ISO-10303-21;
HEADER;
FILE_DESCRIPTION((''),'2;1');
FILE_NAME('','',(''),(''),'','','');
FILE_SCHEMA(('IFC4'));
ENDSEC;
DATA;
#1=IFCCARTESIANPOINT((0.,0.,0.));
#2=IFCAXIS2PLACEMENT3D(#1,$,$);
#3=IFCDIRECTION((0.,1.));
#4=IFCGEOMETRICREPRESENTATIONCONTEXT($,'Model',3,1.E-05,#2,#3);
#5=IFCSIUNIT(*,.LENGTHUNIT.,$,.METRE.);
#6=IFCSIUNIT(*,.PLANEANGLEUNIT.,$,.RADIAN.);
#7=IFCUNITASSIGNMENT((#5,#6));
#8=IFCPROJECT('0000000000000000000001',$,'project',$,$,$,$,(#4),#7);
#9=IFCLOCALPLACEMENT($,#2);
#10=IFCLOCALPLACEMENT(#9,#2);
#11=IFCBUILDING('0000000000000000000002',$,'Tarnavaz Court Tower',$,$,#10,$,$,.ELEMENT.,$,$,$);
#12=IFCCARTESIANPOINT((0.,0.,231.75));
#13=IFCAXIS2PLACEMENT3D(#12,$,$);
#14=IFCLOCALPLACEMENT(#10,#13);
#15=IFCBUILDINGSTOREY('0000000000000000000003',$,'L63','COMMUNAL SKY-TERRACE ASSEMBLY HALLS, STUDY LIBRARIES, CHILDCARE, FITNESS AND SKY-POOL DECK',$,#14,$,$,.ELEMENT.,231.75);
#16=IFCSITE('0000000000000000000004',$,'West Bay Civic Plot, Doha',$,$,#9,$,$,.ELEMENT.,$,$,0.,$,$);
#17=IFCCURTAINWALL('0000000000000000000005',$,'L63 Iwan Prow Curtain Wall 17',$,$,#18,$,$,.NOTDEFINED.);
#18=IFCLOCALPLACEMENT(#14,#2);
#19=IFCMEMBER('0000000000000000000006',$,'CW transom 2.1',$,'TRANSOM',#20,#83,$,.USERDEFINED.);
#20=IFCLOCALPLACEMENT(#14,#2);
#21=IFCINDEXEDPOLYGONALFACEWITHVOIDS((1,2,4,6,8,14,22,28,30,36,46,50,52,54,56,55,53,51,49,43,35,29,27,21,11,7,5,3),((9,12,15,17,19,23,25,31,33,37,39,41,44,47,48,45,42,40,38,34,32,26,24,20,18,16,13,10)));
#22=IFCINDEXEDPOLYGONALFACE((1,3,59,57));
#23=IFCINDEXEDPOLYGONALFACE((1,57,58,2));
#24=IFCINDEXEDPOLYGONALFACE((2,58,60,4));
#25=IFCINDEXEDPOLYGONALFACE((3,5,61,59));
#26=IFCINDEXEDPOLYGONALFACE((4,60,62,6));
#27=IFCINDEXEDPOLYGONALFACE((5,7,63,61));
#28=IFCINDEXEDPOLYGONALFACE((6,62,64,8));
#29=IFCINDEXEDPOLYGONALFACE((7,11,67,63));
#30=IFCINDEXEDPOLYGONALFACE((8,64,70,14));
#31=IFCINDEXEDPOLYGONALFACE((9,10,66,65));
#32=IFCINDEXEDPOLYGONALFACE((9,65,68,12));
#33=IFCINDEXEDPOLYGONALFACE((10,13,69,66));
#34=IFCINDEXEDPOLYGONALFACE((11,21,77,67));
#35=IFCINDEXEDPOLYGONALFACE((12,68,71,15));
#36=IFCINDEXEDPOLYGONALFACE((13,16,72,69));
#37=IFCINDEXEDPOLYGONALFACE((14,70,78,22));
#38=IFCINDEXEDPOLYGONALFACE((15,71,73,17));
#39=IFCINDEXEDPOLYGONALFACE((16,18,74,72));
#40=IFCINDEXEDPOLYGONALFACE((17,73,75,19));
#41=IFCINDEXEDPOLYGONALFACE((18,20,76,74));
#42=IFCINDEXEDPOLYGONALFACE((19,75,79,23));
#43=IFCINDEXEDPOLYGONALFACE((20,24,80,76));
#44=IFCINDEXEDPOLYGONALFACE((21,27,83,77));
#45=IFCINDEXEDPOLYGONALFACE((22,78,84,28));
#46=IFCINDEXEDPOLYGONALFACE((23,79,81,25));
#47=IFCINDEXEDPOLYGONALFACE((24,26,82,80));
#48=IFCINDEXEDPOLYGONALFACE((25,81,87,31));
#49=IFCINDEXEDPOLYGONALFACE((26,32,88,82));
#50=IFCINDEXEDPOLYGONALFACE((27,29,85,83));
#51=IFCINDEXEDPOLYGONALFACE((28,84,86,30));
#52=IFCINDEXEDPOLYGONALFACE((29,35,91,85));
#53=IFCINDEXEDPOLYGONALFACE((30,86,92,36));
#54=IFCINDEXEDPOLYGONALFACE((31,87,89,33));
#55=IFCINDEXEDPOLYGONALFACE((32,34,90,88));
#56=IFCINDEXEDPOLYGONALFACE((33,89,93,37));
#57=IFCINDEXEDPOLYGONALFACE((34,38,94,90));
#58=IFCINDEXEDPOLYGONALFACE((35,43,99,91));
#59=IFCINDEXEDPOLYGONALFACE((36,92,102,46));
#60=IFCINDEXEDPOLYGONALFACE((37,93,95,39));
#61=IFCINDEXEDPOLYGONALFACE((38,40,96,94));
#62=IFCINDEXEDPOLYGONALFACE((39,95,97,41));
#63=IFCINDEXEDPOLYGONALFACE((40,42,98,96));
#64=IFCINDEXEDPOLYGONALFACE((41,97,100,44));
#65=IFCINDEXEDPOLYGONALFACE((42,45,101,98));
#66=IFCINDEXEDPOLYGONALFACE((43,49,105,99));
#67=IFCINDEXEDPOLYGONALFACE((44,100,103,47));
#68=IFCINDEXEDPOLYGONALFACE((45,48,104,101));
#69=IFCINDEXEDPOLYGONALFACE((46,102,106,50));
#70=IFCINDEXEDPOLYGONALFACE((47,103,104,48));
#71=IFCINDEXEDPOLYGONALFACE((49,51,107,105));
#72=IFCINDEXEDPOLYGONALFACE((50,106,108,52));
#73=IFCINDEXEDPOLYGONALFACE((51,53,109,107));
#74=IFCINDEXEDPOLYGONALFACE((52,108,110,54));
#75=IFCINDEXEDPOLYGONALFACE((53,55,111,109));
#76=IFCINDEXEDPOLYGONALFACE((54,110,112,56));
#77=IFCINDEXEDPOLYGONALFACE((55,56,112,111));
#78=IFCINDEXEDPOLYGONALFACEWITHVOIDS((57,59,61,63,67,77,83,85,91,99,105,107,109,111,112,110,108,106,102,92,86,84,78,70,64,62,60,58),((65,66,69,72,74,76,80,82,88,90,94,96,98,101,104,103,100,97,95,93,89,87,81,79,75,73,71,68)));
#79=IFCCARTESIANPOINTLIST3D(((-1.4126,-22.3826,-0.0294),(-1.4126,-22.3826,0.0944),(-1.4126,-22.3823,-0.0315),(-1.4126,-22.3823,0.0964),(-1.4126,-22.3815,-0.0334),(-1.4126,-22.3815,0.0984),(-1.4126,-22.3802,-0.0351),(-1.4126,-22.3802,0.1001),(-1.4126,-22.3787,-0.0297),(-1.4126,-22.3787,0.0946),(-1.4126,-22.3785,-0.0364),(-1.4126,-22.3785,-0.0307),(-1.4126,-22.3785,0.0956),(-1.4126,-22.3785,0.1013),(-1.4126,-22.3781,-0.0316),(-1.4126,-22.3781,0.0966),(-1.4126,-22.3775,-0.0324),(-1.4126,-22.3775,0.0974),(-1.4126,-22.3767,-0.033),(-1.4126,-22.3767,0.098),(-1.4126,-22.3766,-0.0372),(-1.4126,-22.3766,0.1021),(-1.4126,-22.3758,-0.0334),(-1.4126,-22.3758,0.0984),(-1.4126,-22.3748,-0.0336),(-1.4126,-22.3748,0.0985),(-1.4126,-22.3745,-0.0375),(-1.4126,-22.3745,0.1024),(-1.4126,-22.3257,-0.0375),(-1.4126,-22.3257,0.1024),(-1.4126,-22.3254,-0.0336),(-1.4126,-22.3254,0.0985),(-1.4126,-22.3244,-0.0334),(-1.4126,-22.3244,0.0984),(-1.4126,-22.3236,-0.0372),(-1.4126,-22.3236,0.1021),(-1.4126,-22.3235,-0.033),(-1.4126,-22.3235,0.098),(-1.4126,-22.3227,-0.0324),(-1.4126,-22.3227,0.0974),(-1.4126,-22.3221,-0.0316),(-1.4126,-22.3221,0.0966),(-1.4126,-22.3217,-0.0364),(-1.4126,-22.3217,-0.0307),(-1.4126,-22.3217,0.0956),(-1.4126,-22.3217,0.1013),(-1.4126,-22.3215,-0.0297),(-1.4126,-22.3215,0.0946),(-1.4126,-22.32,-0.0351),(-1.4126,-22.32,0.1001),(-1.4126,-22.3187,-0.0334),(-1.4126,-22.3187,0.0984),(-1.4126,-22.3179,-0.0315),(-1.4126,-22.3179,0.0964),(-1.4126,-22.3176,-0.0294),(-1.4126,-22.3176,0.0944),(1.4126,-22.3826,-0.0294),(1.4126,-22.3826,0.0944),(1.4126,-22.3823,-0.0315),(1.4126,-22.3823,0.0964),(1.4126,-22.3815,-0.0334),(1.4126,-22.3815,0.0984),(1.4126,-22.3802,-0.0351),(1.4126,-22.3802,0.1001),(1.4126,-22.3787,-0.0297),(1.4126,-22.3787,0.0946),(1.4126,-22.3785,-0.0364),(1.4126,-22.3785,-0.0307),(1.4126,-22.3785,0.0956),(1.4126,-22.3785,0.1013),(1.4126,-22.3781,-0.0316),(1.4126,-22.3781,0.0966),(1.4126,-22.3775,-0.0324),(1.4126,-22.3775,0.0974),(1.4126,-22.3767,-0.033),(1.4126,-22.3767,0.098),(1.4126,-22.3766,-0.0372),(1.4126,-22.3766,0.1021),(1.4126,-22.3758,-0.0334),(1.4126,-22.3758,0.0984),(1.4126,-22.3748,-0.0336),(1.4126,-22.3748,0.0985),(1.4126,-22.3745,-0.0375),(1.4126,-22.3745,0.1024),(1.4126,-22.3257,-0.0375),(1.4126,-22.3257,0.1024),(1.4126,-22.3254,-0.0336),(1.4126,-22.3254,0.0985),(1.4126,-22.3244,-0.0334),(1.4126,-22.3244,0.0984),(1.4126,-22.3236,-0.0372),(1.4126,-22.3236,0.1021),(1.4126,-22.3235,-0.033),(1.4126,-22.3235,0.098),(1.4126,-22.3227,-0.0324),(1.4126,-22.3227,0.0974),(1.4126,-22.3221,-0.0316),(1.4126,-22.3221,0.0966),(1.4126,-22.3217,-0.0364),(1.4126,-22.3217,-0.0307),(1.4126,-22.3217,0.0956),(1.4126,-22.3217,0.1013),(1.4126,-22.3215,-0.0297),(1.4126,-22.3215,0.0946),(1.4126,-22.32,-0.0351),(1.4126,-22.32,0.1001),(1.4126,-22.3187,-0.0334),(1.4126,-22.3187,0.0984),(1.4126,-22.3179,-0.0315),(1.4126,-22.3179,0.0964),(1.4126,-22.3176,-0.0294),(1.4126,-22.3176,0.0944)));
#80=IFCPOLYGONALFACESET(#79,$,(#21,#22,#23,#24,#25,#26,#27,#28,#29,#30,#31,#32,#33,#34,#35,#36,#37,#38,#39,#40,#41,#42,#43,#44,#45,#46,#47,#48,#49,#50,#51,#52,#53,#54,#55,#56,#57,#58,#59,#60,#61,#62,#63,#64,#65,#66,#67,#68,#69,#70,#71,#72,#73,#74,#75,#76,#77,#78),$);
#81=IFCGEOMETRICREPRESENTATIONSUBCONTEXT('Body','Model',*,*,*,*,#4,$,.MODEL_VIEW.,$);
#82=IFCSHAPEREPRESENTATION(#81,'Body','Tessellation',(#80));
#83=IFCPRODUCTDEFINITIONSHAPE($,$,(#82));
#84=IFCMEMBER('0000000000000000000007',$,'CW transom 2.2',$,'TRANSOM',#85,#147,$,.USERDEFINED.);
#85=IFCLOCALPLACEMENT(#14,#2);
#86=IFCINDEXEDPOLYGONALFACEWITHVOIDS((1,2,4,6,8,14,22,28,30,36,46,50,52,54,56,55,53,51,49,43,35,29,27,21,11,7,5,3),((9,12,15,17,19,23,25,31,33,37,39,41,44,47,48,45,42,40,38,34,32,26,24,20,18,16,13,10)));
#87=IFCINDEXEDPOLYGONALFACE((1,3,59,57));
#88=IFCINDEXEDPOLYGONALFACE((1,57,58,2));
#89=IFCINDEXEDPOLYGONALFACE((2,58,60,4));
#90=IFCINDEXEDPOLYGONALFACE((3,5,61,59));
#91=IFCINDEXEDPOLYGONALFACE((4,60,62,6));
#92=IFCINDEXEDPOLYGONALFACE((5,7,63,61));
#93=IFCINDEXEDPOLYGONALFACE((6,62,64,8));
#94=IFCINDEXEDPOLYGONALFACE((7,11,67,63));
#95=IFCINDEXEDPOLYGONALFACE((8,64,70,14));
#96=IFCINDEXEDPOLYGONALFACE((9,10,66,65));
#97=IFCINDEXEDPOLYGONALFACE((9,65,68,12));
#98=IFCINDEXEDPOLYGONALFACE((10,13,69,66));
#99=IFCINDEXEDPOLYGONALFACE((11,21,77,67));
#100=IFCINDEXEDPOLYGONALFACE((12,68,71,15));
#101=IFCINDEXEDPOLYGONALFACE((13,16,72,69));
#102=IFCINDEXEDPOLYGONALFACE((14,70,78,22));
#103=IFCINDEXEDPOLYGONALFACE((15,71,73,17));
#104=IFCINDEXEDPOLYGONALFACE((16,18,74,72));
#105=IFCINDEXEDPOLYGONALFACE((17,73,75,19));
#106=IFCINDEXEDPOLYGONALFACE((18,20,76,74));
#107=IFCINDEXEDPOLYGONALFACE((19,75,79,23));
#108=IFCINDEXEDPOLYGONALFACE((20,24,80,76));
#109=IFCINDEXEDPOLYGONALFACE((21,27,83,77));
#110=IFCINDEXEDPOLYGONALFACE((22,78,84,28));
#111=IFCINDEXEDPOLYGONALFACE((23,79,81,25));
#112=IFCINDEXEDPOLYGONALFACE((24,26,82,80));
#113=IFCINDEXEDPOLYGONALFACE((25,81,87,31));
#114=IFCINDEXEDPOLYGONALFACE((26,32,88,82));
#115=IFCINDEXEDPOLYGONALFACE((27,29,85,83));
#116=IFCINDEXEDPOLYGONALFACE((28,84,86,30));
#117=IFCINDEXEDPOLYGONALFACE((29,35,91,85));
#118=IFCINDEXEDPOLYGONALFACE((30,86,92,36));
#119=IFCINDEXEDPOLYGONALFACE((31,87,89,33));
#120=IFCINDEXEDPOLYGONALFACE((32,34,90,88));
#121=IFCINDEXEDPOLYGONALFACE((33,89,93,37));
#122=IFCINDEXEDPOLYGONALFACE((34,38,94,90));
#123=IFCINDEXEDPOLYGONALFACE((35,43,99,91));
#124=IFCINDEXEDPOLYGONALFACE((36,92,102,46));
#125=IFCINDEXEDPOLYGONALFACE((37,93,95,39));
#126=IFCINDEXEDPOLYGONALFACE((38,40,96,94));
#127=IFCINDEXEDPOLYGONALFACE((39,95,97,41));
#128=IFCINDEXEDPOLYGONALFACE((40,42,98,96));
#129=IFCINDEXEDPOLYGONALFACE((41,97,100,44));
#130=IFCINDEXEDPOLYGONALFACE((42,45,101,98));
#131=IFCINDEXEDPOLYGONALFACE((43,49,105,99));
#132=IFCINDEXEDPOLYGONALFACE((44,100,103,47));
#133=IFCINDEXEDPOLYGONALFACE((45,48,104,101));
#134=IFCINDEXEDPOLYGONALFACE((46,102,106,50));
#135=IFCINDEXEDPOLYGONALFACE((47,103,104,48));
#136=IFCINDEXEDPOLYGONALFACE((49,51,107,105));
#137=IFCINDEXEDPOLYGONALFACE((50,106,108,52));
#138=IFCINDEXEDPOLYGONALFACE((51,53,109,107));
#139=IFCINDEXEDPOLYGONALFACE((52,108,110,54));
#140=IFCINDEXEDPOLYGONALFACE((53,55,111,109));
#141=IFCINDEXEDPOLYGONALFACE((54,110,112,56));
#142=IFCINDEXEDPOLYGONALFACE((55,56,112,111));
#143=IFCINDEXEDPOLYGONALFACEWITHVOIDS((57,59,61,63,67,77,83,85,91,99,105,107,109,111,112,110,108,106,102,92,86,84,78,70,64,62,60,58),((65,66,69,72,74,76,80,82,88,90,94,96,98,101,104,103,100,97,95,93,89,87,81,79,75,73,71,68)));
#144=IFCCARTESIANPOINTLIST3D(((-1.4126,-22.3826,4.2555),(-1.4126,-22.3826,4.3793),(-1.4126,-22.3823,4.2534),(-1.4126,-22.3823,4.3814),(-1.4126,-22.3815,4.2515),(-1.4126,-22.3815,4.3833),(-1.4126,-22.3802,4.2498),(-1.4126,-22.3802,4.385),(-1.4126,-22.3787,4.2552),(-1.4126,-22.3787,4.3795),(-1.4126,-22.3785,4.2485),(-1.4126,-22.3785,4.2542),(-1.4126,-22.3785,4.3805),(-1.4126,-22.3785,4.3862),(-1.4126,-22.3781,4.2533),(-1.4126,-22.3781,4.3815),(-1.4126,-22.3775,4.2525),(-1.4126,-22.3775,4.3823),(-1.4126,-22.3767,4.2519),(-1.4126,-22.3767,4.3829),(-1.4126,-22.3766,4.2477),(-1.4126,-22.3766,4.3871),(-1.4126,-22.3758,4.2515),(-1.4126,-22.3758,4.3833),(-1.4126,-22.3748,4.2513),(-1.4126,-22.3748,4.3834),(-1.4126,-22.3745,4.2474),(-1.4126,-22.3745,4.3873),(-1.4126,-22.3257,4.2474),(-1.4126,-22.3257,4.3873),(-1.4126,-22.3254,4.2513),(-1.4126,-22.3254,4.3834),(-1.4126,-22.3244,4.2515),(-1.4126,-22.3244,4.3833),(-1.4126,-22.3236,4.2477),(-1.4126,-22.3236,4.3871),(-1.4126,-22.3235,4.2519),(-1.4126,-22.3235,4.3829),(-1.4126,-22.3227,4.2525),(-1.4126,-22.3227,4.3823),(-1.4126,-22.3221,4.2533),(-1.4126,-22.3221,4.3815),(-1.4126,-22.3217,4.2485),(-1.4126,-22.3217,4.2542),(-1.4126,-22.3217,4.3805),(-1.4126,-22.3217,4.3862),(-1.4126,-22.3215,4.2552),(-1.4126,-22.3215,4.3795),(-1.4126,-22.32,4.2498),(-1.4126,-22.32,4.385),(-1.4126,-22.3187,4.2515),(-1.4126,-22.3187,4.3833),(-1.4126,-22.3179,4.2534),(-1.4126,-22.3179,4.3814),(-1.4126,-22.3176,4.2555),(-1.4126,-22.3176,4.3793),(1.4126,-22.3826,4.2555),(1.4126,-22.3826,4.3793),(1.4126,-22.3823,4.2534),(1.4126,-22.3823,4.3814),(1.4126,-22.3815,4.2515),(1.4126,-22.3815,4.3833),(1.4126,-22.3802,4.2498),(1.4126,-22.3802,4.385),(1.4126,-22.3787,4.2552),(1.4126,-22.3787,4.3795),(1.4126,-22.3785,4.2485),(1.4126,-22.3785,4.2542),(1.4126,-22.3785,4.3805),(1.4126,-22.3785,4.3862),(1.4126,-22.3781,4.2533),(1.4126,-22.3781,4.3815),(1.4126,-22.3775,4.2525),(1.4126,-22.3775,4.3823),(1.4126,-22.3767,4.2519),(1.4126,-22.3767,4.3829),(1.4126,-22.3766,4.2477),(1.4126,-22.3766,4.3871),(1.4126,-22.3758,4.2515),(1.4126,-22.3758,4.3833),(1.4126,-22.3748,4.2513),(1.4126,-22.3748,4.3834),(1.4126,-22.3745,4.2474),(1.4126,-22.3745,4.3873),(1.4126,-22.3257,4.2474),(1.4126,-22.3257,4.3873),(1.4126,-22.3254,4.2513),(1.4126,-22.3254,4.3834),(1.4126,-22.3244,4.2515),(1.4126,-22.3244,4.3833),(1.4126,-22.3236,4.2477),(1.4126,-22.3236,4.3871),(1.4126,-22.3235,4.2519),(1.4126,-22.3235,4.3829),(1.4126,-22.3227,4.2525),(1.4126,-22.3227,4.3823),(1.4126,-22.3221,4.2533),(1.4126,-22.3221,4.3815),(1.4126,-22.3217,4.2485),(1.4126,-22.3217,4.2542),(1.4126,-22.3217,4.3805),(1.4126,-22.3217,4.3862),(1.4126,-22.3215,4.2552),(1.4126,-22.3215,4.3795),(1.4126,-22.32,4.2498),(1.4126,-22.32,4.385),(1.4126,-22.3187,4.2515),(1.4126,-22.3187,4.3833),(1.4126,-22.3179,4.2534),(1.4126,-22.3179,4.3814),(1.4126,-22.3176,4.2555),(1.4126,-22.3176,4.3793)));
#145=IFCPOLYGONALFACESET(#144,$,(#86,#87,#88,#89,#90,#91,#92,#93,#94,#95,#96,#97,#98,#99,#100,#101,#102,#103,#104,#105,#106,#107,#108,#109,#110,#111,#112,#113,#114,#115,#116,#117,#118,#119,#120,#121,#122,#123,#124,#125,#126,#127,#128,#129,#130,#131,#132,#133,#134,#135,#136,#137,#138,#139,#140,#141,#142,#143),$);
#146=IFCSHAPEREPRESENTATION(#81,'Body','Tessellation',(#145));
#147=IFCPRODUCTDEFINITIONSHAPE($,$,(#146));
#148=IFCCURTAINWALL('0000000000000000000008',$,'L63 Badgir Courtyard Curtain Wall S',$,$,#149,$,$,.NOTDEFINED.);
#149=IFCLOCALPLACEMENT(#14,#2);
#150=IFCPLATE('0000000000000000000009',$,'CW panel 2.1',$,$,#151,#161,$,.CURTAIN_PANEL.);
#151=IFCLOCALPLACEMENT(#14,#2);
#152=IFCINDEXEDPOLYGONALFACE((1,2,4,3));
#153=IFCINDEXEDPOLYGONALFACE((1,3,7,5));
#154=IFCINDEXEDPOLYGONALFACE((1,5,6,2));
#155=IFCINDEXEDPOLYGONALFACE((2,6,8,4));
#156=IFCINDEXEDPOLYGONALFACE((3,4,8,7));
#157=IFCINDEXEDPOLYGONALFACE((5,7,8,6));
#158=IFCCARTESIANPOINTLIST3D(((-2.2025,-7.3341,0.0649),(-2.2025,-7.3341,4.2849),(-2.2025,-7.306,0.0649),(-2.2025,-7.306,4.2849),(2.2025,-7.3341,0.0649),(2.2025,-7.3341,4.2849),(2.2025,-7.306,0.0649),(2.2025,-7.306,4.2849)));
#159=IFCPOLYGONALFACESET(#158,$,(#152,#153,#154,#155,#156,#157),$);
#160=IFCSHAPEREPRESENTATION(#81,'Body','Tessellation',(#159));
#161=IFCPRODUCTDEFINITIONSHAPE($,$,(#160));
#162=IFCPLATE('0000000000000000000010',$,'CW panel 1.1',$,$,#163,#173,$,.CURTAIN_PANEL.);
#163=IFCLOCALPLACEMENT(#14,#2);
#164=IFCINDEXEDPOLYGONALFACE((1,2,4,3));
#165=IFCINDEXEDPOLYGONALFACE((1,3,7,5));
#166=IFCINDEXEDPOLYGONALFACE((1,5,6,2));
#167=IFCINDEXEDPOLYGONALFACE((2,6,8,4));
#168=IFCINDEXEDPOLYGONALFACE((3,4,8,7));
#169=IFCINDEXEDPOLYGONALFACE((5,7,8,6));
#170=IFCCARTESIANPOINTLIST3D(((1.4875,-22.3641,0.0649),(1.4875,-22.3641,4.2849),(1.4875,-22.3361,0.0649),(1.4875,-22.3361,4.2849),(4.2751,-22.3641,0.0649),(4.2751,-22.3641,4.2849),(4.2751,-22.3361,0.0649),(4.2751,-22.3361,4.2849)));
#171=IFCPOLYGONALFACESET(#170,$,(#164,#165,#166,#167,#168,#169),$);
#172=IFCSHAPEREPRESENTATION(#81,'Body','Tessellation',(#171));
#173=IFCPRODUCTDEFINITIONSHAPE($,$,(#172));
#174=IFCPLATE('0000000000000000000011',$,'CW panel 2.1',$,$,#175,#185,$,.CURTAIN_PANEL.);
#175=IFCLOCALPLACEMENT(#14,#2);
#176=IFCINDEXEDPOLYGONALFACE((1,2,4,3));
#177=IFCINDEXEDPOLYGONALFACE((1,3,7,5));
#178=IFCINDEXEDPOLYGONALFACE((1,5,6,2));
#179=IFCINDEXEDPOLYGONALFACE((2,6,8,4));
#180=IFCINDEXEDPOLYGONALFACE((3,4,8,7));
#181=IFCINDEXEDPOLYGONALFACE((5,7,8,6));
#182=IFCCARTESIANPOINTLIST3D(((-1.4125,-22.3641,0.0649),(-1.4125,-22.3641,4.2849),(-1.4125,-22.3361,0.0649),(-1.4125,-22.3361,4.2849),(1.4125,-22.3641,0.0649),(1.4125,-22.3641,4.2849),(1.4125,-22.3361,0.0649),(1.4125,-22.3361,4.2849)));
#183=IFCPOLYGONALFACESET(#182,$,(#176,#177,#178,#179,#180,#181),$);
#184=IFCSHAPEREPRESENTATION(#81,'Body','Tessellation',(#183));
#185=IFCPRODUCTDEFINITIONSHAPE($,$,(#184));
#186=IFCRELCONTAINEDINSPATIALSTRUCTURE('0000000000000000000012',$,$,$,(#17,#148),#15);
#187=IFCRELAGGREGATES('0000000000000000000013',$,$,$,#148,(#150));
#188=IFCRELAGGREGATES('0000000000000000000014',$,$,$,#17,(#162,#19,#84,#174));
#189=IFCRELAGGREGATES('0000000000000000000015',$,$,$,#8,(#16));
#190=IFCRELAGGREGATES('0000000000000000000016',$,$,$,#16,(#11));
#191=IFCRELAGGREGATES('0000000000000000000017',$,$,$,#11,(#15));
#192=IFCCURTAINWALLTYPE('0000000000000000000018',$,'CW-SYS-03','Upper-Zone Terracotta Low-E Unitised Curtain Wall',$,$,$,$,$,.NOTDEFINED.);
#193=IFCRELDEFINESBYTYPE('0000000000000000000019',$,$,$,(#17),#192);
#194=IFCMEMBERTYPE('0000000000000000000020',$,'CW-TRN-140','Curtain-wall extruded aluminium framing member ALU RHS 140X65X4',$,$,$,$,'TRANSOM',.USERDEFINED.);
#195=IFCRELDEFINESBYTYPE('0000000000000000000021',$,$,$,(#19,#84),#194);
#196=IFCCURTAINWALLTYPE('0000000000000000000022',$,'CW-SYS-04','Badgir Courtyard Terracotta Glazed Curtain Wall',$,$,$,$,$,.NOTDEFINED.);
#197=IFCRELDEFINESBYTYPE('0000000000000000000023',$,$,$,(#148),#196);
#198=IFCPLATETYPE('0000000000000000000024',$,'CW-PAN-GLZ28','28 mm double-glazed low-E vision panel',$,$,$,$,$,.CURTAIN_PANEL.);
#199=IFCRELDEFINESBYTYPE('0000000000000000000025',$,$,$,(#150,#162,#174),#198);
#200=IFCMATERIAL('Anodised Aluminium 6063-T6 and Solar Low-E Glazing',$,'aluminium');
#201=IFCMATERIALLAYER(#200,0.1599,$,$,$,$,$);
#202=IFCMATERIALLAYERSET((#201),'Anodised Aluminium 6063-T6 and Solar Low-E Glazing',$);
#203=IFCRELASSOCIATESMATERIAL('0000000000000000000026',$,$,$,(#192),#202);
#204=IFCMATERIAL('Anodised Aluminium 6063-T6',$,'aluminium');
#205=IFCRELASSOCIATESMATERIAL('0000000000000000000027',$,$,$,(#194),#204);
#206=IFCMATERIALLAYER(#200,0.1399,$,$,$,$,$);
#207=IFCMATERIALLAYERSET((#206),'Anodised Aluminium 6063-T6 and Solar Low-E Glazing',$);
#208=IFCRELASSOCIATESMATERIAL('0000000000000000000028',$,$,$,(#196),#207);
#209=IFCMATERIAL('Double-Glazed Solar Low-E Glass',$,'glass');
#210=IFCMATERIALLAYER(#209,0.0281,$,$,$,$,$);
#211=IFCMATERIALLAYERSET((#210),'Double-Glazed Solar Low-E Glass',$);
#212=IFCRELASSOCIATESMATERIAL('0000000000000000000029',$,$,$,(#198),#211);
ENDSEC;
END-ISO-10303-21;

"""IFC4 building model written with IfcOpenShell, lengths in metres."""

from ifc_helpers import new_model, si_unit, direction, frame, origin, origin_2d, place, context, subcontext, project, spatial, rectangle, hollow_rectangle, extrude, material, layer, layer_set, material_profile, profile_set, type_object, element, aggregate, save


model = new_model("IFC4")

# Units and contexts
model_context = context("Model", 3, precision=1e-05, world=origin(), true_north=direction((0.0, 1.0)))
body_context = subcontext(model_context, "Body", "Model", "MODEL_VIEW")
ifc_project = project(units=[si_unit("LENGTHUNIT", "METRE"), si_unit("PLANEANGLEUNIT", "RADIAN")], contexts=[model_context])

# Site, building, storey
site_placement = place(None, origin())
site = spatial("IfcSite", under=ifc_project, at=site_placement, Name="West Bay Civic Plot, Doha", CompositionType="ELEMENT", RefElevation=0.0)
building_placement = place(site_placement, origin())
building = spatial("IfcBuilding", under=site, at=building_placement, Name="Tarnavaz Court Tower", CompositionType="ELEMENT")
storey_placement = place(building_placement, frame((0.0, 0.0, 231.75)))
storey = spatial("IfcBuildingStorey", under=building, at=storey_placement, Name="L63", Description="COMMUNAL SKY-TERRACE ASSEMBLY HALLS, STUDY LIBRARIES, CHILDCARE, FITNESS AND SKY-POOL DECK", CompositionType="ELEMENT", Elevation=231.75)

# Curtain wall, members
ifc_material_1 = material(Name="Anodised Aluminium 6063-T6 and Solar Low-E Glazing", Category="aluminium")
ifc_layer_1 = layer(ifc_material_1, 0.1599)
ifc_layer_set_1 = layer_set([ifc_layer_1], Name="Anodised Aluminium 6063-T6 and Solar Low-E Glazing")
curtain_wall_type_1 = type_object("IfcCurtainWallType", Name="CW-SYS-03", Description="Upper-Zone Terracotta Low-E Unitised Curtain Wall", PredefinedType="NOTDEFINED", material=ifc_layer_set_1)
curtain_wall_1_placement = place(storey_placement, origin())
curtain_wall_1 = element("IfcCurtainWall", 1, at=curtain_wall_1_placement, inside=storey, type_object=curtain_wall_type_1, Name="L63 Iwan Prow Curtain Wall 17", PredefinedType="NOTDEFINED")
ifc_material_2 = material(Name="Anodised Aluminium 6063-T6", Category="aluminium")
ifc_material_profile_1 = material_profile(ifc_material_2, hollow_rectangle(XDim=0.0649, YDim=0.1399, WallThickness=0.0039, InnerFilletRadius=0.0039, OuterFilletRadius=0.0081, at=origin_2d()), Name="ALU RHS 140X65X4")
ifc_profile_set_1 = profile_set([ifc_material_profile_1], Name="Anodised Aluminium 6063-T6")
member_type_1 = type_object("IfcMemberType", Name="CW-TRN-140", Description="Curtain-wall extruded aluminium framing member ALU RHS 140X65X4", ElementType="TRANSOM", PredefinedType="USERDEFINED", material=ifc_profile_set_1)
member_1_placement = place(storey_placement, frame((1.4126, -22.3501, 0.0325), z_axis=(-1.0, 0.0, 0.0), x_axis=(0.0, -1.0, 0.0)))
member_1 = element("IfcMember", 2, at=member_1_placement, type_object=member_type_1, Name="CW transom 2.1", ObjectType="TRANSOM", PredefinedType="USERDEFINED", context=body_context, shape_type="SweptSolid", body=[
    extrude(hollow_rectangle(XDim=0.0649, YDim=0.1399, WallThickness=0.0039, InnerFilletRadius=0.0039, OuterFilletRadius=0.0081, at=origin_2d()), origin(), (0.0, 0.0, 1.0), 2.8252),
])
member_2_placement = place(storey_placement, frame((1.4126, -22.3501, 4.3174), z_axis=(-1.0, 0.0, 0.0), x_axis=(0.0, -1.0, 0.0)))
member_2 = element("IfcMember", 3, at=member_2_placement, type_object=member_type_1, Name="CW transom 2.2", ObjectType="TRANSOM", PredefinedType="USERDEFINED", context=body_context, shape_type="SweptSolid", body=[
    extrude(hollow_rectangle(XDim=0.0649, YDim=0.1399, WallThickness=0.0039, InnerFilletRadius=0.0039, OuterFilletRadius=0.0081, at=origin_2d()), origin(), (0.0, 0.0, 1.0), 2.8252),
])

# Curtain wall, plate
ifc_layer_2 = layer(ifc_material_1, 0.1399)
ifc_layer_set_2 = layer_set([ifc_layer_2], Name="Anodised Aluminium 6063-T6 and Solar Low-E Glazing")
curtain_wall_type_2 = type_object("IfcCurtainWallType", Name="CW-SYS-04", Description="Badgir Courtyard Terracotta Glazed Curtain Wall", PredefinedType="NOTDEFINED", material=ifc_layer_set_2)
curtain_wall_2_placement = place(storey_placement, origin())
curtain_wall_2 = element("IfcCurtainWall", 4, at=curtain_wall_2_placement, inside=storey, type_object=curtain_wall_type_2, Name="L63 Badgir Courtyard Curtain Wall S", PredefinedType="NOTDEFINED")
ifc_material_3 = material(Name="Double-Glazed Solar Low-E Glass", Category="glass")
ifc_layer_3 = layer(ifc_material_3, 0.0281)
ifc_layer_set_3 = layer_set([ifc_layer_3], Name="Double-Glazed Solar Low-E Glass")
plate_type = type_object("IfcPlateType", Name="CW-PAN-GLZ28", Description="28 mm double-glazed low-E vision panel", PredefinedType="CURTAIN_PANEL", material=ifc_layer_set_3)
plate_1_placement = place(storey_placement, frame((0.0, -7.3201, 0.0649), z_axis=(0.0, 0.0, 1.0), x_axis=(1.0, 0.0, 0.0)))
plate_1 = element("IfcPlate", 5, at=plate_1_placement, type_object=plate_type, Name="CW panel 2.1", PredefinedType="CURTAIN_PANEL", context=body_context, shape_type="SweptSolid", body=[
    extrude(rectangle(XDim=4.405, YDim=0.0281, at=origin_2d()), origin(), (0.0, 0.0, 1.0), 4.22),
])
aggregate(curtain_wall_2, [plate_1])

# Plates
plate_2_placement = place(storey_placement, frame((2.8813, -22.3501, 0.0649), z_axis=(0.0, 0.0, 1.0), x_axis=(-1.0, 0.0, 0.0)))
plate_2 = element("IfcPlate", 6, at=plate_2_placement, type_object=plate_type, Name="CW panel 1.1", PredefinedType="CURTAIN_PANEL", context=body_context, shape_type="SweptSolid", body=[
    extrude(rectangle(XDim=2.7876, YDim=0.0281, at=origin_2d()), origin(), (0.0, 0.0, 1.0), 4.22),
])
plate_3_placement = place(storey_placement, frame((0.0, -22.3501, 0.0649), z_axis=(0.0, 0.0, 1.0), x_axis=(-1.0, 0.0, 0.0)))
plate_3 = element("IfcPlate", 7, at=plate_3_placement, type_object=plate_type, Name="CW panel 2.1", PredefinedType="CURTAIN_PANEL", context=body_context, shape_type="SweptSolid", body=[
    extrude(rectangle(XDim=2.825, YDim=0.0281, at=origin_2d()), origin(), (0.0, 0.0, 1.0), 4.22),
])
aggregate(curtain_wall_1, [plate_2, member_1, member_2, plate_3])

save(model, "model.ifc")
